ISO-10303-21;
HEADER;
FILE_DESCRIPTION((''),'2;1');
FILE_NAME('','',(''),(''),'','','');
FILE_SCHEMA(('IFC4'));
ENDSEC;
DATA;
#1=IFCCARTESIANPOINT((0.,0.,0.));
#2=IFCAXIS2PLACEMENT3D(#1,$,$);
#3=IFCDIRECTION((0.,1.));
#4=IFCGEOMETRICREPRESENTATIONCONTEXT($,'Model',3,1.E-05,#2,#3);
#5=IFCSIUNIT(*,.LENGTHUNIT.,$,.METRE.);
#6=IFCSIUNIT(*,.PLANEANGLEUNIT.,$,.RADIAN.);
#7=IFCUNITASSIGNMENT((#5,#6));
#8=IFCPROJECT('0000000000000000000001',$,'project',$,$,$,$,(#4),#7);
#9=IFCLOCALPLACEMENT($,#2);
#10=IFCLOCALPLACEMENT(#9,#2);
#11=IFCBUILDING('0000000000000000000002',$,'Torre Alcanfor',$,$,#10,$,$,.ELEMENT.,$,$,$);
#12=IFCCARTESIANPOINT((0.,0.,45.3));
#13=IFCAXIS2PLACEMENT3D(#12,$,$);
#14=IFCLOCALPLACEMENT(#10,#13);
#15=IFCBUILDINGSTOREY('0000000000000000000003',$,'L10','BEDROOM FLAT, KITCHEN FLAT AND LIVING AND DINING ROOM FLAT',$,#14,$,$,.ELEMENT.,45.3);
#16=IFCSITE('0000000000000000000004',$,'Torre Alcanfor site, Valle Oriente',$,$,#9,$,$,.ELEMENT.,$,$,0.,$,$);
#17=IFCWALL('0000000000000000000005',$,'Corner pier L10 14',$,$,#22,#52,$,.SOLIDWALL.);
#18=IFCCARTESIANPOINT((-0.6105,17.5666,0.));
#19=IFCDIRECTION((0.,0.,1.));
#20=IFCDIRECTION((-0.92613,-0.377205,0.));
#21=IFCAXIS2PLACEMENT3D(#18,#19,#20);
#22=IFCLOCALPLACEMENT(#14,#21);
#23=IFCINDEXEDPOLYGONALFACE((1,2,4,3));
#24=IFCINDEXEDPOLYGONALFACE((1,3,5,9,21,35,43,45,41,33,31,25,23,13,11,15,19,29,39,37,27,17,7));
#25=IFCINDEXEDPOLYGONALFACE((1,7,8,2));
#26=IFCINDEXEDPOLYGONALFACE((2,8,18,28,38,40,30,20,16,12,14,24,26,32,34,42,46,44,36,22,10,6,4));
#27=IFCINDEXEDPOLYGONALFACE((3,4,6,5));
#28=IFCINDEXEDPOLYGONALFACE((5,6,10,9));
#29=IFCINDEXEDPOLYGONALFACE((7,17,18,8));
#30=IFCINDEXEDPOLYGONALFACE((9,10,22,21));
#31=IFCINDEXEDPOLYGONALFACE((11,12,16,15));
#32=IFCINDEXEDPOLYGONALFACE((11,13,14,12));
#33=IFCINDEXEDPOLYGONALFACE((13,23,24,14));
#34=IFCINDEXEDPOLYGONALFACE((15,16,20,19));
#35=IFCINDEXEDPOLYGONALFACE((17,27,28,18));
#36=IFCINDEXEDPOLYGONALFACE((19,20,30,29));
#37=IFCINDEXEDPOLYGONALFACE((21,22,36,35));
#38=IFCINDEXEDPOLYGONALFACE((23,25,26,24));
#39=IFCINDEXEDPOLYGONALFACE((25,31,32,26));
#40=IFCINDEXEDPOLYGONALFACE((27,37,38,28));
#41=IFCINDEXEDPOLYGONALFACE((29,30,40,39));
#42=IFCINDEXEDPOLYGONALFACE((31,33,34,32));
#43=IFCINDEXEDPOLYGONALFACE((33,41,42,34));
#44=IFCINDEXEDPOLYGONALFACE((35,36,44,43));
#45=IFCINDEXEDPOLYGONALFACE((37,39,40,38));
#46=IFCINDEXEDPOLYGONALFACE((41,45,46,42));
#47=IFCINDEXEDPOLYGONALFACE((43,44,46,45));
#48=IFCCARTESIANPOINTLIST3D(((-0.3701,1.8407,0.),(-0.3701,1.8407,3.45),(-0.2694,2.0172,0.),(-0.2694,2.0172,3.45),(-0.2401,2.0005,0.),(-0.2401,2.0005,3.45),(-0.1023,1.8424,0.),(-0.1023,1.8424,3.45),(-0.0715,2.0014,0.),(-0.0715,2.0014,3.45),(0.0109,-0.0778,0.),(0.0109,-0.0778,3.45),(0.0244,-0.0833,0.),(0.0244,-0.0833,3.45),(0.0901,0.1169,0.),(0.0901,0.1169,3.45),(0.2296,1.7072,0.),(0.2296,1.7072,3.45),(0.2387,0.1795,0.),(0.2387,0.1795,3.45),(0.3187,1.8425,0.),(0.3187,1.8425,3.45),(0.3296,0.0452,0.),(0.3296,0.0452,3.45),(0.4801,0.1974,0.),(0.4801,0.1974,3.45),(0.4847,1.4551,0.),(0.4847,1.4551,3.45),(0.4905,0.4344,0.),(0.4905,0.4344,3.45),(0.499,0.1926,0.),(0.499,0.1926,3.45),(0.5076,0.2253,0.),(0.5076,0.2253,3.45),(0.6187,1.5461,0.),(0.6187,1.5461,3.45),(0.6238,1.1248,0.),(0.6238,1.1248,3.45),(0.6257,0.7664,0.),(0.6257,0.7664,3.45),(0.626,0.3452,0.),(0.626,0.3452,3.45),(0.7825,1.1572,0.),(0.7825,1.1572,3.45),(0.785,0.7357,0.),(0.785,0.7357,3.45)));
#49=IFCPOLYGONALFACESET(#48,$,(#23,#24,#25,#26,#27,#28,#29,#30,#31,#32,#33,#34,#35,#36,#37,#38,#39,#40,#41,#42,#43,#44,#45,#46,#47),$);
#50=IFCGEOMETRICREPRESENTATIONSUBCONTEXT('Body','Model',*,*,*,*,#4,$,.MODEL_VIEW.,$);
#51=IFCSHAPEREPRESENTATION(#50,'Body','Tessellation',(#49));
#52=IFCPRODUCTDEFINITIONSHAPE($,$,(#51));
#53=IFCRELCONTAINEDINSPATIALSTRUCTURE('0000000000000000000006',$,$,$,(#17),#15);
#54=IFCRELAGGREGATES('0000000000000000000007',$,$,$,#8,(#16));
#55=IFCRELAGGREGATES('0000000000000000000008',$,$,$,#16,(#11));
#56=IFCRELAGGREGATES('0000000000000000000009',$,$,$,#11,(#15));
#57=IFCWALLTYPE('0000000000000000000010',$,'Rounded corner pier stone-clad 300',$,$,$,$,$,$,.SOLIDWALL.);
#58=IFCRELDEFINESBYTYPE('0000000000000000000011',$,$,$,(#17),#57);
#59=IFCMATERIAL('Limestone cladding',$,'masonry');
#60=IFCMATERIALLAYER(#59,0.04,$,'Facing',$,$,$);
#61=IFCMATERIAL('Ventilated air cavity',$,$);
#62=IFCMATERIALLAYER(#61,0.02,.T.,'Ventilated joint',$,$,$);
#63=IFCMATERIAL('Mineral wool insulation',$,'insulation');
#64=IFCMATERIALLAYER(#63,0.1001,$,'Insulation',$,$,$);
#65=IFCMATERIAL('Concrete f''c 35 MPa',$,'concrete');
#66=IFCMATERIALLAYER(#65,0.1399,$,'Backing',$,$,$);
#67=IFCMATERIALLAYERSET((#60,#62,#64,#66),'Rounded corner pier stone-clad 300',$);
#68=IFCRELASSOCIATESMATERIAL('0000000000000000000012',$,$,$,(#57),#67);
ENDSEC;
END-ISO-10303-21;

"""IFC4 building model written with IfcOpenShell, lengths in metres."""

from ifc_helpers import new_model, si_unit, direction, frame, origin, place, context, subcontext, project, spatial, polyline, outline, extrude, material, layer, layer_set, type_object, element, save


model = new_model("IFC4")

# Units and contexts
model_context = context("Model", 3, precision=1e-05, world=origin(), true_north=direction((0.0, 1.0)))
body_context = subcontext(model_context, "Body", "Model", "MODEL_VIEW")
ifc_project = project(units=[si_unit("LENGTHUNIT", "METRE"), si_unit("PLANEANGLEUNIT", "RADIAN")], contexts=[model_context])

# Site, building, storey
site_placement = place(None, origin())
site = spatial("IfcSite", under=ifc_project, at=site_placement, Name="Torre Alcanfor site, Valle Oriente", CompositionType="ELEMENT", RefElevation=0.0)
building_placement = place(site_placement, origin())
building = spatial("IfcBuilding", under=site, at=building_placement, Name="Torre Alcanfor", CompositionType="ELEMENT")
storey_placement = place(building_placement, frame((0.0, 0.0, 45.3)))
storey = spatial("IfcBuildingStorey", under=building, at=storey_placement, Name="L10", Description="BEDROOM FLAT, KITCHEN FLAT AND LIVING AND DINING ROOM FLAT", CompositionType="ELEMENT", Elevation=45.3)

# Wall
ifc_material_1 = material(Name="Limestone cladding", Category="masonry")
ifc_layer_1 = layer(ifc_material_1, 0.04, Name="Facing")
ifc_material_2 = material(Name="Ventilated air cavity")
ifc_layer_2 = layer(ifc_material_2, 0.02, ventilated=True, Name="Ventilated joint")
ifc_material_3 = material(Name="Mineral wool insulation", Category="insulation")
ifc_layer_3 = layer(ifc_material_3, 0.1001, Name="Insulation")
ifc_material_4 = material(Name="Concrete f'c 35 MPa", Category="concrete")
ifc_layer_4 = layer(ifc_material_4, 0.1399, Name="Backing")
ifc_layer_set_1 = layer_set([ifc_layer_1, ifc_layer_2, ifc_layer_3, ifc_layer_4], Name="Rounded corner pier stone-clad 300")
wall_type_1 = type_object("IfcWallType", Name="Rounded corner pier stone-clad 300", PredefinedType="SOLIDWALL", material=ifc_layer_set_1)
wall_1_placement = place(storey_placement, frame((-0.6105, 17.5666, 0.0), z_axis=(0.0, 0.0, 1.0), x_axis=(-0.92613, -0.377205, 0.0)))
element("IfcWall", 1, at=wall_1_placement, inside=storey, type_object=wall_type_1, Name="Corner pier L10 14", PredefinedType="SOLIDWALL", context=body_context, shape_type="SweptSolid", body=[
    extrude(outline(polyline([(-0.2694, 2.0172), (-0.3701, 1.8407), (-0.1023, 1.8424), (0.2296, 1.7072), (0.4847, 1.4551), (0.6238, 1.1248), (0.6257, 0.7664), (0.4905, 0.4344), (0.2387, 0.1795), (0.0901, 0.1169), (0.0109, -0.0778), (0.0244, -0.0833), (0.3296, 0.0452), (0.4801, 0.1974), (0.499, 0.1926), (0.5076, 0.2253), (0.626, 0.3452), (0.785, 0.7357), (0.7825, 1.1572), (0.6187, 1.5461), (0.3187, 1.8425), (-0.0715, 2.0014), (-0.2401, 2.0005), (-0.2694, 2.0172)])), origin(), (0.0, 0.0, 1.0), 3.45),
])

save(model, "model.ifc")
